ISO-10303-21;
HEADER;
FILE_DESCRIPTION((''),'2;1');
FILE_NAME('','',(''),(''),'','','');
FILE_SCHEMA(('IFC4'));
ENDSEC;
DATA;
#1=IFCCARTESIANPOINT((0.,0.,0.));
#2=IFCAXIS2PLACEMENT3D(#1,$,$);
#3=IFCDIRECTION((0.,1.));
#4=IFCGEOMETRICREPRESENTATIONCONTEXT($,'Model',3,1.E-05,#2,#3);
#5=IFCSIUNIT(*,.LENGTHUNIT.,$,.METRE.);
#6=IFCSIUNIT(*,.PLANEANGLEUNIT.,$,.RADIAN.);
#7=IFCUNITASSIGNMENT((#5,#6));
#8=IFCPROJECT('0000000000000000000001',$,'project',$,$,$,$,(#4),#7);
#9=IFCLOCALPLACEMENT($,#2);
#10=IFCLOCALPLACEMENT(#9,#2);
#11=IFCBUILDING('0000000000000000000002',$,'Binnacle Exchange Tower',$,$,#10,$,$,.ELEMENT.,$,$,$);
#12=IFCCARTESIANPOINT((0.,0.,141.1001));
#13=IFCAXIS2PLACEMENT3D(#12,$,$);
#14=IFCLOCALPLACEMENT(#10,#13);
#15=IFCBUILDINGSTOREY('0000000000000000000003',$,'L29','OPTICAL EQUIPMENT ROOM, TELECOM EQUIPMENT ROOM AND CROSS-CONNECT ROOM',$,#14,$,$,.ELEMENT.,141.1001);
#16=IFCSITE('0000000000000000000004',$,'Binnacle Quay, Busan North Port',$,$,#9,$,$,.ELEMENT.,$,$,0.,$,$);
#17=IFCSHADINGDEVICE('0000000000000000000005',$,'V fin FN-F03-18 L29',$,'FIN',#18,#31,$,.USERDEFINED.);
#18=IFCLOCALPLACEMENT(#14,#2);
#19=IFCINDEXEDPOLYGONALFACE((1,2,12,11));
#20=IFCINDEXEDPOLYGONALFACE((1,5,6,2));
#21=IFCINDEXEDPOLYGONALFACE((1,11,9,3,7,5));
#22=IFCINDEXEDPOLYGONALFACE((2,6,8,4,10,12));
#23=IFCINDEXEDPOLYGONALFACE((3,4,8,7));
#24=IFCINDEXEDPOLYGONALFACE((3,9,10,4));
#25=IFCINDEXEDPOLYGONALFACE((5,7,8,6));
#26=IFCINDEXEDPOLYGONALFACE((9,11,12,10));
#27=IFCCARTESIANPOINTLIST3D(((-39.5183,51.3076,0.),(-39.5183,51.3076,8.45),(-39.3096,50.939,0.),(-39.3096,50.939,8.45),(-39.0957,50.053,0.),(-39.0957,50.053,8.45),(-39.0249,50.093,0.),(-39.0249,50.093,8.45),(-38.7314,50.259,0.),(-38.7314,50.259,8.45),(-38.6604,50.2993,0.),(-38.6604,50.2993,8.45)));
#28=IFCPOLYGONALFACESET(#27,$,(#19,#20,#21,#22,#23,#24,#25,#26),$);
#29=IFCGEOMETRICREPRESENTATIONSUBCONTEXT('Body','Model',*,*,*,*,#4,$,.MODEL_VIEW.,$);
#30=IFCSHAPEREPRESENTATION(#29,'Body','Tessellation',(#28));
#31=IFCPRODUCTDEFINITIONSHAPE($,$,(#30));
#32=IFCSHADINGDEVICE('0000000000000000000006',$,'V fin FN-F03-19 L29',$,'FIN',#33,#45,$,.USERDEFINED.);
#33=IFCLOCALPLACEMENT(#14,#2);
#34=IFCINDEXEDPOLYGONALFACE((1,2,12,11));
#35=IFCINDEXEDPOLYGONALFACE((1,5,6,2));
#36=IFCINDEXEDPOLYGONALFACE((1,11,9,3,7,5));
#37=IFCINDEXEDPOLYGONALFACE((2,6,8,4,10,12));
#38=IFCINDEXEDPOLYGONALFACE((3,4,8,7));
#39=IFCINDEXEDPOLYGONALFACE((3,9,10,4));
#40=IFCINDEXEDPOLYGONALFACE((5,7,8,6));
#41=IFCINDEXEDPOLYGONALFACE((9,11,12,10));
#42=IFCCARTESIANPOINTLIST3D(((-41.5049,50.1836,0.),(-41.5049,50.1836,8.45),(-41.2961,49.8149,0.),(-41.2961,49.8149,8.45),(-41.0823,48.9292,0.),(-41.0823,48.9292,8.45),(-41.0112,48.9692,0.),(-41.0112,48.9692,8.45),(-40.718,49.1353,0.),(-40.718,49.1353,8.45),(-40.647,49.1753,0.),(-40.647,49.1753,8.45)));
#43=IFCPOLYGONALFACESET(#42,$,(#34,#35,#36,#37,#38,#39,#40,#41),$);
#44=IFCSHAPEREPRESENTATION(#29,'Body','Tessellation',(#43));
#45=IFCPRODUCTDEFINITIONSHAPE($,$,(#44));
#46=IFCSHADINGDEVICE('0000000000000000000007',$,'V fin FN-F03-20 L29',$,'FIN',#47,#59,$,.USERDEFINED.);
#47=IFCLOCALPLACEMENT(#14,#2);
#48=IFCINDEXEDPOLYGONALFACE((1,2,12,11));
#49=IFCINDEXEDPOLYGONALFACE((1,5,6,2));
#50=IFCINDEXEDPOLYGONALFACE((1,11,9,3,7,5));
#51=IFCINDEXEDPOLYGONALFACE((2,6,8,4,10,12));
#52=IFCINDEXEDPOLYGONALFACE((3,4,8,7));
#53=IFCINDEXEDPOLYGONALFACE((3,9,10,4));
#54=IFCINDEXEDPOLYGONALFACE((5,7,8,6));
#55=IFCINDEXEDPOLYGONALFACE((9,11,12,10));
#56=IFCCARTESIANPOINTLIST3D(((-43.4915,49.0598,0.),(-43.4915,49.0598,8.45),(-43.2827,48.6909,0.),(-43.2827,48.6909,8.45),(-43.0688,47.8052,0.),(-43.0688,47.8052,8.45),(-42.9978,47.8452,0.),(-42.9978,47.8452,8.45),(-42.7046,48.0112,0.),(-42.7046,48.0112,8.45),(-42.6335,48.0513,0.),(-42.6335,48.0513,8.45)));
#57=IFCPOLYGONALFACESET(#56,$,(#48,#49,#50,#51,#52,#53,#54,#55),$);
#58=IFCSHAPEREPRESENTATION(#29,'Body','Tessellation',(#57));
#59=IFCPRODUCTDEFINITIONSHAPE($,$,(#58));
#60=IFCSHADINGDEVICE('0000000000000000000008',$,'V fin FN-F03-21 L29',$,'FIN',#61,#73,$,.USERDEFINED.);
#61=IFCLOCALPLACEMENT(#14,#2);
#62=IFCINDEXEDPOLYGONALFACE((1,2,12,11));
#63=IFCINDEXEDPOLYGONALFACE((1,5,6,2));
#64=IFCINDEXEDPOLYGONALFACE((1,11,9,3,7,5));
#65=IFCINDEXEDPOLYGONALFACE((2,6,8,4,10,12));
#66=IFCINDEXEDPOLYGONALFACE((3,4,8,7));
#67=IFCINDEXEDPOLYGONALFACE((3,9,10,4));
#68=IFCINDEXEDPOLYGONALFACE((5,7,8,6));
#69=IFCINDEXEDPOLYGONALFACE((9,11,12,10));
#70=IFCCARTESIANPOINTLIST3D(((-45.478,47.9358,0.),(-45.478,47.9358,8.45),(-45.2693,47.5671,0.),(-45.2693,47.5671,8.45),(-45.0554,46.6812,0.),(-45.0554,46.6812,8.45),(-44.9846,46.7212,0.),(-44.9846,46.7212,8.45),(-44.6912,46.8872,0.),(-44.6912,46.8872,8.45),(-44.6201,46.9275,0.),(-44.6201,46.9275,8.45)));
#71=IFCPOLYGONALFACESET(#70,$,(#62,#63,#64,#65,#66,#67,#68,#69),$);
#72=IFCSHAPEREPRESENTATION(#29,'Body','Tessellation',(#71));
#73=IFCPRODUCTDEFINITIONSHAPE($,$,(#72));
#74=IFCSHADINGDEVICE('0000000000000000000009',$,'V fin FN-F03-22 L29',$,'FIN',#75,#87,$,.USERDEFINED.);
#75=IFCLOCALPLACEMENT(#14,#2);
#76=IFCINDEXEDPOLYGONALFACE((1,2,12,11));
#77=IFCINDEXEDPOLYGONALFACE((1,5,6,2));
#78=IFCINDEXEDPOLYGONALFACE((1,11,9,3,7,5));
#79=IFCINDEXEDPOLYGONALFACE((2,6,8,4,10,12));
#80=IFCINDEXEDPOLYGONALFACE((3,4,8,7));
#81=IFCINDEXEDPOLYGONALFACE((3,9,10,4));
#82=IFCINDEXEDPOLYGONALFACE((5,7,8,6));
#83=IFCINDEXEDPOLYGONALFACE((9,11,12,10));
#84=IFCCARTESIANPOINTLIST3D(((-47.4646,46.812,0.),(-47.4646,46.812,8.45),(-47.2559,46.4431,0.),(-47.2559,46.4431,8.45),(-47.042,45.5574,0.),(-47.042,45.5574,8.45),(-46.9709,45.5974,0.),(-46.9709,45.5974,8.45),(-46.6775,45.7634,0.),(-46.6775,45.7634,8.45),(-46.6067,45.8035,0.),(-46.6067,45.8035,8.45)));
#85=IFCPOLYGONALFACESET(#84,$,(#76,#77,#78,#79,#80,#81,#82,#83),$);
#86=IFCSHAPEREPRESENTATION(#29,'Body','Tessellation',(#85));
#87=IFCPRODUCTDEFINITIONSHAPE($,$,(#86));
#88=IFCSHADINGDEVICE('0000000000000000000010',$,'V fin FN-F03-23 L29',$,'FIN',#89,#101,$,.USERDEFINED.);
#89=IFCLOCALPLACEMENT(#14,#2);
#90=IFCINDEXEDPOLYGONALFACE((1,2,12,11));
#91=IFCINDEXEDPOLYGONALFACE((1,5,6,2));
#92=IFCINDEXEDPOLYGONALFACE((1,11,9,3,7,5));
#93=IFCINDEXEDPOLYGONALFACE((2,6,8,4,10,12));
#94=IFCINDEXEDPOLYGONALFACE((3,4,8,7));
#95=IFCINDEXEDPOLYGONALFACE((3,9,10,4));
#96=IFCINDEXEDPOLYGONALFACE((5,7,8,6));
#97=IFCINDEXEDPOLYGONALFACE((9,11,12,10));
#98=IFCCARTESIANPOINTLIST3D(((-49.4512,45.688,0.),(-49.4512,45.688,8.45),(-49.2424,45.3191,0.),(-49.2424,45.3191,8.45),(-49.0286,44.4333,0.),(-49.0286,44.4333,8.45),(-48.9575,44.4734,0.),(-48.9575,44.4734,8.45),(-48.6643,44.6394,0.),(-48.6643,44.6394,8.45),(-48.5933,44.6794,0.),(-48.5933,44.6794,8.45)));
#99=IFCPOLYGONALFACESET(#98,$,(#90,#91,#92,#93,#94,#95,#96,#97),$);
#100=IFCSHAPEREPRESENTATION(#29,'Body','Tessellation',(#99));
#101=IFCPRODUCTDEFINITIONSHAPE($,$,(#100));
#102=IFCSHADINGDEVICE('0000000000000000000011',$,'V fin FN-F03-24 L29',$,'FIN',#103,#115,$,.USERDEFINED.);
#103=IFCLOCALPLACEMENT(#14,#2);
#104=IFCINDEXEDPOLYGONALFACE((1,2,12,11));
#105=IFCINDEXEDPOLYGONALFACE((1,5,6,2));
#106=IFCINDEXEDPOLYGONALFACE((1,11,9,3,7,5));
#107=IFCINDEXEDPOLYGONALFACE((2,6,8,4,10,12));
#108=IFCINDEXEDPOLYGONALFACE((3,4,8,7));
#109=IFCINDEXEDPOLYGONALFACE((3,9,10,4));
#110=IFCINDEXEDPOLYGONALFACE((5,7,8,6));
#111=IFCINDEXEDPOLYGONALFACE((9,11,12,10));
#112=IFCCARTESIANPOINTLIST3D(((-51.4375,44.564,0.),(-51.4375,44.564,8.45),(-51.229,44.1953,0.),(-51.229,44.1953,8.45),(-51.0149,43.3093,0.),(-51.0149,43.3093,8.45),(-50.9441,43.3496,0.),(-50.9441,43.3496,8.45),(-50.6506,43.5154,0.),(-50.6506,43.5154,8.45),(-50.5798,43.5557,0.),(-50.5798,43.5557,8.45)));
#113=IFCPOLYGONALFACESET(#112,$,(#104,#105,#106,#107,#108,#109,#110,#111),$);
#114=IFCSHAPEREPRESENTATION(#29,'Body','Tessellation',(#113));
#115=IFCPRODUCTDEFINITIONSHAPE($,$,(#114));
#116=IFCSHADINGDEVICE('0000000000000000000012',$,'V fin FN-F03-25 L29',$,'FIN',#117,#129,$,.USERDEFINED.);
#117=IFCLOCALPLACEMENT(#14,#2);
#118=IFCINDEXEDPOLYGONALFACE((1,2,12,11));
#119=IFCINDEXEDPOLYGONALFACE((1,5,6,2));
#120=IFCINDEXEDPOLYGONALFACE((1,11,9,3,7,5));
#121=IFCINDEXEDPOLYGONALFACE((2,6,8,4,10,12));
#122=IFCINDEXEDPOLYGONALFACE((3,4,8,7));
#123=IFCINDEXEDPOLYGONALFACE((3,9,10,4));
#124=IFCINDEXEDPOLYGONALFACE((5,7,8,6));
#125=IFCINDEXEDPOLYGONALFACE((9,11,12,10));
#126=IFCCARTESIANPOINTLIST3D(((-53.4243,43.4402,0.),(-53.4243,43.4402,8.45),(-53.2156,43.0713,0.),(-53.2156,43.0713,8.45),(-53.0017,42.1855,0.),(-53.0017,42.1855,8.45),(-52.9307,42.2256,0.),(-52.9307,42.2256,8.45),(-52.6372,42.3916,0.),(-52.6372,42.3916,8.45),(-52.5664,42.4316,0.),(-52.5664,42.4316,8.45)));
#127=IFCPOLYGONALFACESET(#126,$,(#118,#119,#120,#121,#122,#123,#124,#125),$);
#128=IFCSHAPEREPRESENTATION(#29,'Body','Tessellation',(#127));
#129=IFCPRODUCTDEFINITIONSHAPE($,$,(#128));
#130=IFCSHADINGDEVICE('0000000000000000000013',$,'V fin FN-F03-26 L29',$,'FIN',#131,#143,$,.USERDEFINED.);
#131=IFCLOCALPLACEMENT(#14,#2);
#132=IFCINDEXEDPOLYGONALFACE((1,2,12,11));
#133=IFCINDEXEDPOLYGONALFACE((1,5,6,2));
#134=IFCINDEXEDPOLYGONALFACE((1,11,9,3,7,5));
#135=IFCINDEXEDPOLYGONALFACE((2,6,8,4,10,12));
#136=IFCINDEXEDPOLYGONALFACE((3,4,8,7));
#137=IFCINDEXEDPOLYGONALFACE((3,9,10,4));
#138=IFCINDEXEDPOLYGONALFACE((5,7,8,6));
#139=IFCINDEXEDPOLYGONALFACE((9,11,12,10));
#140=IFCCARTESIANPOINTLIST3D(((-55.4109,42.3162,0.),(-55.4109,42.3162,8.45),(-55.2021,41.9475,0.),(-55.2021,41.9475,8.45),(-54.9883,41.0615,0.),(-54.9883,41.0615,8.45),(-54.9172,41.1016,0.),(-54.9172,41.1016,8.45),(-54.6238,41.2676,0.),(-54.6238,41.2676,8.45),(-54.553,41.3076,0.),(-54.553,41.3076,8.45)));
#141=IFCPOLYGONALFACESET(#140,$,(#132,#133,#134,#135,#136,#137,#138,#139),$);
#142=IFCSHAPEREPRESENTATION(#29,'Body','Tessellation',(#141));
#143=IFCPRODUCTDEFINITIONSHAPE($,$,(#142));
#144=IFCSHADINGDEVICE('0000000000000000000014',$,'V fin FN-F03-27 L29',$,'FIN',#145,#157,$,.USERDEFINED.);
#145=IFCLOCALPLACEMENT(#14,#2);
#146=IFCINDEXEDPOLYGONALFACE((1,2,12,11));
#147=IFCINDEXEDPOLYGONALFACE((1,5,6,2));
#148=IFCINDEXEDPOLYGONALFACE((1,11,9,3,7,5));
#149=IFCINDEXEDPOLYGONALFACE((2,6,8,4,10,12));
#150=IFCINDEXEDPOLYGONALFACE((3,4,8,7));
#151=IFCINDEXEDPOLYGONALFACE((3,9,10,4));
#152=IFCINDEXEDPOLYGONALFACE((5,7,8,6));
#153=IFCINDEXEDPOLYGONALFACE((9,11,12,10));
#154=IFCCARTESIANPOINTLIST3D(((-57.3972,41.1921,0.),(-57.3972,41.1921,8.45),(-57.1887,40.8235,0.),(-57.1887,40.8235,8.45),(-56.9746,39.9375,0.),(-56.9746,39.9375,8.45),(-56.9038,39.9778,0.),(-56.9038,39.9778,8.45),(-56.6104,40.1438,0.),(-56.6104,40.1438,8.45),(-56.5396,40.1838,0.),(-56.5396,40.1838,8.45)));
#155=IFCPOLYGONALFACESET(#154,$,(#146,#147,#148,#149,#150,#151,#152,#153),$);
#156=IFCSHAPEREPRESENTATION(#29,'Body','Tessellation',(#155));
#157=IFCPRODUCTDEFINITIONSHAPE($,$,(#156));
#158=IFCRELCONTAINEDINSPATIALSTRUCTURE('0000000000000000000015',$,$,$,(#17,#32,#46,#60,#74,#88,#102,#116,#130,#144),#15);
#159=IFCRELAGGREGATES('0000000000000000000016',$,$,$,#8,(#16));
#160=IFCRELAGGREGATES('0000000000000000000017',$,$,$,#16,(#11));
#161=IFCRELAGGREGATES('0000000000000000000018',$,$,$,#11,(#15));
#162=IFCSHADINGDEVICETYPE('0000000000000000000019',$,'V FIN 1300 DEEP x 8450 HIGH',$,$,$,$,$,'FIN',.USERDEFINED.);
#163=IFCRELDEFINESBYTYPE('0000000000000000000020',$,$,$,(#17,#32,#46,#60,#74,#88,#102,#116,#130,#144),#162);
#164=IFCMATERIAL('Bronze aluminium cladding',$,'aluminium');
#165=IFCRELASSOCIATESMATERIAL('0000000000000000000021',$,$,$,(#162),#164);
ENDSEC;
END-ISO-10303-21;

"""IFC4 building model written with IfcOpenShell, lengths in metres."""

from ifc_helpers import new_model, si_unit, direction, frame, origin, place, context, subcontext, project, spatial, polyline, outline, extrude, material, type_object, element, save


model = new_model("IFC4")

# Units and contexts
model_context = context("Model", 3, precision=1e-05, world=origin(), true_north=direction((0.0, 1.0)))
body_context = subcontext(model_context, "Body", "Model", "MODEL_VIEW")
ifc_project = project(units=[si_unit("LENGTHUNIT", "METRE"), si_unit("PLANEANGLEUNIT", "RADIAN")], contexts=[model_context])

# Site, building, storey
site_placement = place(None, origin())
site = spatial("IfcSite", under=ifc_project, at=site_placement, Name="Binnacle Quay, Busan North Port", CompositionType="ELEMENT", RefElevation=0.0)
building_placement = place(site_placement, origin())
building = spatial("IfcBuilding", under=site, at=building_placement, Name="Binnacle Exchange Tower", CompositionType="ELEMENT")
storey_placement = place(building_placement, frame((0.0, 0.0, 141.1001)))
storey = spatial("IfcBuildingStorey", under=building, at=storey_placement, Name="L29", Description="OPTICAL EQUIPMENT ROOM, TELECOM EQUIPMENT ROOM AND CROSS-CONNECT ROOM", CompositionType="ELEMENT", Elevation=141.1001)

# Shading devices
ifc_material = material(Name="Bronze aluminium cladding", Category="aluminium")
shading_device_type = type_object("IfcShadingDeviceType", Name="V FIN 1300 DEEP x 8450 HIGH", ElementType="FIN", PredefinedType="USERDEFINED", material=ifc_material)
shading_device_1_placement = place(storey_placement, origin())
element("IfcShadingDevice", 1, at=shading_device_1_placement, inside=storey, type_object=shading_device_type, Name="V fin FN-F03-18 L29", ObjectType="FIN", PredefinedType="USERDEFINED", context=body_context, shape_type="SweptSolid", body=[
    extrude(outline(polyline([(-38.6604, 50.2993), (-39.5183, 51.3076), (-39.0957, 50.053), (-39.0249, 50.093), (-39.3096, 50.939), (-38.7314, 50.259), (-38.6604, 50.2993)])), origin(), (0.0, 0.0, 1.0), 8.45),
])
shading_device_2_placement = place(storey_placement, origin())
element("IfcShadingDevice", 2, at=shading_device_2_placement, inside=storey, type_object=shading_device_type, Name="V fin FN-F03-19 L29", ObjectType="FIN", PredefinedType="USERDEFINED", context=body_context, shape_type="SweptSolid", body=[
    extrude(outline(polyline([(-40.647, 49.1753), (-41.5049, 50.1836), (-41.0823, 48.9292), (-41.0112, 48.9692), (-41.2961, 49.8149), (-40.718, 49.1353), (-40.647, 49.1753)])), origin(), (0.0, 0.0, 1.0), 8.45),
])
shading_device_3_placement = place(storey_placement, origin())
element("IfcShadingDevice", 3, at=shading_device_3_placement, inside=storey, type_object=shading_device_type, Name="V fin FN-F03-20 L29", ObjectType="FIN", PredefinedType="USERDEFINED", context=body_context, shape_type="SweptSolid", body=[
    extrude(outline(polyline([(-42.6335, 48.0513), (-43.4915, 49.0598), (-43.0688, 47.8052), (-42.9978, 47.8452), (-43.2827, 48.6909), (-42.7046, 48.0112), (-42.6335, 48.0513)])), origin(), (0.0, 0.0, 1.0), 8.45),
])
shading_device_4_placement = place(storey_placement, origin())
element("IfcShadingDevice", 4, at=shading_device_4_placement, inside=storey, type_object=shading_device_type, Name="V fin FN-F03-21 L29", ObjectType="FIN", PredefinedType="USERDEFINED", context=body_context, shape_type="SweptSolid", body=[
    extrude(outline(polyline([(-44.6201, 46.9275), (-45.478, 47.9358), (-45.0554, 46.6812), (-44.9846, 46.7212), (-45.2693, 47.5671), (-44.6912, 46.8872), (-44.6201, 46.9275)])), origin(), (0.0, 0.0, 1.0), 8.45),
])
shading_device_5_placement = place(storey_placement, origin())
element("IfcShadingDevice", 5, at=shading_device_5_placement, inside=storey, type_object=shading_device_type, Name="V fin FN-F03-22 L29", ObjectType="FIN", PredefinedType="USERDEFINED", context=body_context, shape_type="SweptSolid", body=[
    extrude(outline(polyline([(-46.6067, 45.8035), (-47.4646, 46.812), (-47.042, 45.5574), (-46.9709, 45.5974), (-47.2559, 46.4431), (-46.6775, 45.7634), (-46.6067, 45.8035)])), origin(), (0.0, 0.0, 1.0), 8.45),
])
shading_device_6_placement = place(storey_placement, origin())
element("IfcShadingDevice", 6, at=shading_device_6_placement, inside=storey, type_object=shading_device_type, Name="V fin FN-F03-23 L29", ObjectType="FIN", PredefinedType="USERDEFINED", context=body_context, shape_type="SweptSolid", body=[
    extrude(outline(polyline([(-48.5933, 44.6794), (-49.4512, 45.688), (-49.0286, 44.4333), (-48.9575, 44.4734), (-49.2424, 45.3191), (-48.6643, 44.6394), (-48.5933, 44.6794)])), origin(), (0.0, 0.0, 1.0), 8.45),
])
shading_device_7_placement = place(storey_placement, origin())
element("IfcShadingDevice", 7, at=shading_device_7_placement, inside=storey, type_object=shading_device_type, Name="V fin FN-F03-24 L29", ObjectType="FIN", PredefinedType="USERDEFINED", context=body_context, shape_type="SweptSolid", body=[
    extrude(outline(polyline([(-50.5798, 43.5557), (-51.4375, 44.564), (-51.0149, 43.3093), (-50.9441, 43.3496), (-51.229, 44.1953), (-50.6506, 43.5154), (-50.5798, 43.5557)])), origin(), (0.0, 0.0, 1.0), 8.45),
])
shading_device_8_placement = place(storey_placement, origin())
element("IfcShadingDevice", 8, at=shading_device_8_placement, inside=storey, type_object=shading_device_type, Name="V fin FN-F03-25 L29", ObjectType="FIN", PredefinedType="USERDEFINED", context=body_context, shape_type="SweptSolid", body=[
    extrude(outline(polyline([(-52.5664, 42.4316), (-53.4243, 43.4402), (-53.0017, 42.1855), (-52.9307, 42.2256), (-53.2156, 43.0713), (-52.6372, 42.3916), (-52.5664, 42.4316)])), origin(), (0.0, 0.0, 1.0), 8.45),
])
shading_device_9_placement = place(storey_placement, origin())
element("IfcShadingDevice", 9, at=shading_device_9_placement, inside=storey, type_object=shading_device_type, Name="V fin FN-F03-26 L29", ObjectType="FIN", PredefinedType="USERDEFINED", context=body_context, shape_type="SweptSolid", body=[
    extrude(outline(polyline([(-54.553, 41.3076), (-55.4109, 42.3162), (-54.9883, 41.0615), (-54.9172, 41.1016), (-55.2021, 41.9475), (-54.6238, 41.2676), (-54.553, 41.3076)])), origin(), (0.0, 0.0, 1.0), 8.45),
])
shading_device_10_placement = place(storey_placement, origin())
element("IfcShadingDevice", 10, at=shading_device_10_placement, inside=storey, type_object=shading_device_type, Name="V fin FN-F03-27 L29", ObjectType="FIN", PredefinedType="USERDEFINED", context=body_context, shape_type="SweptSolid", body=[
    extrude(outline(polyline([(-56.5396, 40.1838), (-57.3972, 41.1921), (-56.9746, 39.9375), (-56.9038, 39.9778), (-57.1887, 40.8235), (-56.6104, 40.1438), (-56.5396, 40.1838)])), origin(), (0.0, 0.0, 1.0), 8.45),
])

save(model, "model.ifc")
